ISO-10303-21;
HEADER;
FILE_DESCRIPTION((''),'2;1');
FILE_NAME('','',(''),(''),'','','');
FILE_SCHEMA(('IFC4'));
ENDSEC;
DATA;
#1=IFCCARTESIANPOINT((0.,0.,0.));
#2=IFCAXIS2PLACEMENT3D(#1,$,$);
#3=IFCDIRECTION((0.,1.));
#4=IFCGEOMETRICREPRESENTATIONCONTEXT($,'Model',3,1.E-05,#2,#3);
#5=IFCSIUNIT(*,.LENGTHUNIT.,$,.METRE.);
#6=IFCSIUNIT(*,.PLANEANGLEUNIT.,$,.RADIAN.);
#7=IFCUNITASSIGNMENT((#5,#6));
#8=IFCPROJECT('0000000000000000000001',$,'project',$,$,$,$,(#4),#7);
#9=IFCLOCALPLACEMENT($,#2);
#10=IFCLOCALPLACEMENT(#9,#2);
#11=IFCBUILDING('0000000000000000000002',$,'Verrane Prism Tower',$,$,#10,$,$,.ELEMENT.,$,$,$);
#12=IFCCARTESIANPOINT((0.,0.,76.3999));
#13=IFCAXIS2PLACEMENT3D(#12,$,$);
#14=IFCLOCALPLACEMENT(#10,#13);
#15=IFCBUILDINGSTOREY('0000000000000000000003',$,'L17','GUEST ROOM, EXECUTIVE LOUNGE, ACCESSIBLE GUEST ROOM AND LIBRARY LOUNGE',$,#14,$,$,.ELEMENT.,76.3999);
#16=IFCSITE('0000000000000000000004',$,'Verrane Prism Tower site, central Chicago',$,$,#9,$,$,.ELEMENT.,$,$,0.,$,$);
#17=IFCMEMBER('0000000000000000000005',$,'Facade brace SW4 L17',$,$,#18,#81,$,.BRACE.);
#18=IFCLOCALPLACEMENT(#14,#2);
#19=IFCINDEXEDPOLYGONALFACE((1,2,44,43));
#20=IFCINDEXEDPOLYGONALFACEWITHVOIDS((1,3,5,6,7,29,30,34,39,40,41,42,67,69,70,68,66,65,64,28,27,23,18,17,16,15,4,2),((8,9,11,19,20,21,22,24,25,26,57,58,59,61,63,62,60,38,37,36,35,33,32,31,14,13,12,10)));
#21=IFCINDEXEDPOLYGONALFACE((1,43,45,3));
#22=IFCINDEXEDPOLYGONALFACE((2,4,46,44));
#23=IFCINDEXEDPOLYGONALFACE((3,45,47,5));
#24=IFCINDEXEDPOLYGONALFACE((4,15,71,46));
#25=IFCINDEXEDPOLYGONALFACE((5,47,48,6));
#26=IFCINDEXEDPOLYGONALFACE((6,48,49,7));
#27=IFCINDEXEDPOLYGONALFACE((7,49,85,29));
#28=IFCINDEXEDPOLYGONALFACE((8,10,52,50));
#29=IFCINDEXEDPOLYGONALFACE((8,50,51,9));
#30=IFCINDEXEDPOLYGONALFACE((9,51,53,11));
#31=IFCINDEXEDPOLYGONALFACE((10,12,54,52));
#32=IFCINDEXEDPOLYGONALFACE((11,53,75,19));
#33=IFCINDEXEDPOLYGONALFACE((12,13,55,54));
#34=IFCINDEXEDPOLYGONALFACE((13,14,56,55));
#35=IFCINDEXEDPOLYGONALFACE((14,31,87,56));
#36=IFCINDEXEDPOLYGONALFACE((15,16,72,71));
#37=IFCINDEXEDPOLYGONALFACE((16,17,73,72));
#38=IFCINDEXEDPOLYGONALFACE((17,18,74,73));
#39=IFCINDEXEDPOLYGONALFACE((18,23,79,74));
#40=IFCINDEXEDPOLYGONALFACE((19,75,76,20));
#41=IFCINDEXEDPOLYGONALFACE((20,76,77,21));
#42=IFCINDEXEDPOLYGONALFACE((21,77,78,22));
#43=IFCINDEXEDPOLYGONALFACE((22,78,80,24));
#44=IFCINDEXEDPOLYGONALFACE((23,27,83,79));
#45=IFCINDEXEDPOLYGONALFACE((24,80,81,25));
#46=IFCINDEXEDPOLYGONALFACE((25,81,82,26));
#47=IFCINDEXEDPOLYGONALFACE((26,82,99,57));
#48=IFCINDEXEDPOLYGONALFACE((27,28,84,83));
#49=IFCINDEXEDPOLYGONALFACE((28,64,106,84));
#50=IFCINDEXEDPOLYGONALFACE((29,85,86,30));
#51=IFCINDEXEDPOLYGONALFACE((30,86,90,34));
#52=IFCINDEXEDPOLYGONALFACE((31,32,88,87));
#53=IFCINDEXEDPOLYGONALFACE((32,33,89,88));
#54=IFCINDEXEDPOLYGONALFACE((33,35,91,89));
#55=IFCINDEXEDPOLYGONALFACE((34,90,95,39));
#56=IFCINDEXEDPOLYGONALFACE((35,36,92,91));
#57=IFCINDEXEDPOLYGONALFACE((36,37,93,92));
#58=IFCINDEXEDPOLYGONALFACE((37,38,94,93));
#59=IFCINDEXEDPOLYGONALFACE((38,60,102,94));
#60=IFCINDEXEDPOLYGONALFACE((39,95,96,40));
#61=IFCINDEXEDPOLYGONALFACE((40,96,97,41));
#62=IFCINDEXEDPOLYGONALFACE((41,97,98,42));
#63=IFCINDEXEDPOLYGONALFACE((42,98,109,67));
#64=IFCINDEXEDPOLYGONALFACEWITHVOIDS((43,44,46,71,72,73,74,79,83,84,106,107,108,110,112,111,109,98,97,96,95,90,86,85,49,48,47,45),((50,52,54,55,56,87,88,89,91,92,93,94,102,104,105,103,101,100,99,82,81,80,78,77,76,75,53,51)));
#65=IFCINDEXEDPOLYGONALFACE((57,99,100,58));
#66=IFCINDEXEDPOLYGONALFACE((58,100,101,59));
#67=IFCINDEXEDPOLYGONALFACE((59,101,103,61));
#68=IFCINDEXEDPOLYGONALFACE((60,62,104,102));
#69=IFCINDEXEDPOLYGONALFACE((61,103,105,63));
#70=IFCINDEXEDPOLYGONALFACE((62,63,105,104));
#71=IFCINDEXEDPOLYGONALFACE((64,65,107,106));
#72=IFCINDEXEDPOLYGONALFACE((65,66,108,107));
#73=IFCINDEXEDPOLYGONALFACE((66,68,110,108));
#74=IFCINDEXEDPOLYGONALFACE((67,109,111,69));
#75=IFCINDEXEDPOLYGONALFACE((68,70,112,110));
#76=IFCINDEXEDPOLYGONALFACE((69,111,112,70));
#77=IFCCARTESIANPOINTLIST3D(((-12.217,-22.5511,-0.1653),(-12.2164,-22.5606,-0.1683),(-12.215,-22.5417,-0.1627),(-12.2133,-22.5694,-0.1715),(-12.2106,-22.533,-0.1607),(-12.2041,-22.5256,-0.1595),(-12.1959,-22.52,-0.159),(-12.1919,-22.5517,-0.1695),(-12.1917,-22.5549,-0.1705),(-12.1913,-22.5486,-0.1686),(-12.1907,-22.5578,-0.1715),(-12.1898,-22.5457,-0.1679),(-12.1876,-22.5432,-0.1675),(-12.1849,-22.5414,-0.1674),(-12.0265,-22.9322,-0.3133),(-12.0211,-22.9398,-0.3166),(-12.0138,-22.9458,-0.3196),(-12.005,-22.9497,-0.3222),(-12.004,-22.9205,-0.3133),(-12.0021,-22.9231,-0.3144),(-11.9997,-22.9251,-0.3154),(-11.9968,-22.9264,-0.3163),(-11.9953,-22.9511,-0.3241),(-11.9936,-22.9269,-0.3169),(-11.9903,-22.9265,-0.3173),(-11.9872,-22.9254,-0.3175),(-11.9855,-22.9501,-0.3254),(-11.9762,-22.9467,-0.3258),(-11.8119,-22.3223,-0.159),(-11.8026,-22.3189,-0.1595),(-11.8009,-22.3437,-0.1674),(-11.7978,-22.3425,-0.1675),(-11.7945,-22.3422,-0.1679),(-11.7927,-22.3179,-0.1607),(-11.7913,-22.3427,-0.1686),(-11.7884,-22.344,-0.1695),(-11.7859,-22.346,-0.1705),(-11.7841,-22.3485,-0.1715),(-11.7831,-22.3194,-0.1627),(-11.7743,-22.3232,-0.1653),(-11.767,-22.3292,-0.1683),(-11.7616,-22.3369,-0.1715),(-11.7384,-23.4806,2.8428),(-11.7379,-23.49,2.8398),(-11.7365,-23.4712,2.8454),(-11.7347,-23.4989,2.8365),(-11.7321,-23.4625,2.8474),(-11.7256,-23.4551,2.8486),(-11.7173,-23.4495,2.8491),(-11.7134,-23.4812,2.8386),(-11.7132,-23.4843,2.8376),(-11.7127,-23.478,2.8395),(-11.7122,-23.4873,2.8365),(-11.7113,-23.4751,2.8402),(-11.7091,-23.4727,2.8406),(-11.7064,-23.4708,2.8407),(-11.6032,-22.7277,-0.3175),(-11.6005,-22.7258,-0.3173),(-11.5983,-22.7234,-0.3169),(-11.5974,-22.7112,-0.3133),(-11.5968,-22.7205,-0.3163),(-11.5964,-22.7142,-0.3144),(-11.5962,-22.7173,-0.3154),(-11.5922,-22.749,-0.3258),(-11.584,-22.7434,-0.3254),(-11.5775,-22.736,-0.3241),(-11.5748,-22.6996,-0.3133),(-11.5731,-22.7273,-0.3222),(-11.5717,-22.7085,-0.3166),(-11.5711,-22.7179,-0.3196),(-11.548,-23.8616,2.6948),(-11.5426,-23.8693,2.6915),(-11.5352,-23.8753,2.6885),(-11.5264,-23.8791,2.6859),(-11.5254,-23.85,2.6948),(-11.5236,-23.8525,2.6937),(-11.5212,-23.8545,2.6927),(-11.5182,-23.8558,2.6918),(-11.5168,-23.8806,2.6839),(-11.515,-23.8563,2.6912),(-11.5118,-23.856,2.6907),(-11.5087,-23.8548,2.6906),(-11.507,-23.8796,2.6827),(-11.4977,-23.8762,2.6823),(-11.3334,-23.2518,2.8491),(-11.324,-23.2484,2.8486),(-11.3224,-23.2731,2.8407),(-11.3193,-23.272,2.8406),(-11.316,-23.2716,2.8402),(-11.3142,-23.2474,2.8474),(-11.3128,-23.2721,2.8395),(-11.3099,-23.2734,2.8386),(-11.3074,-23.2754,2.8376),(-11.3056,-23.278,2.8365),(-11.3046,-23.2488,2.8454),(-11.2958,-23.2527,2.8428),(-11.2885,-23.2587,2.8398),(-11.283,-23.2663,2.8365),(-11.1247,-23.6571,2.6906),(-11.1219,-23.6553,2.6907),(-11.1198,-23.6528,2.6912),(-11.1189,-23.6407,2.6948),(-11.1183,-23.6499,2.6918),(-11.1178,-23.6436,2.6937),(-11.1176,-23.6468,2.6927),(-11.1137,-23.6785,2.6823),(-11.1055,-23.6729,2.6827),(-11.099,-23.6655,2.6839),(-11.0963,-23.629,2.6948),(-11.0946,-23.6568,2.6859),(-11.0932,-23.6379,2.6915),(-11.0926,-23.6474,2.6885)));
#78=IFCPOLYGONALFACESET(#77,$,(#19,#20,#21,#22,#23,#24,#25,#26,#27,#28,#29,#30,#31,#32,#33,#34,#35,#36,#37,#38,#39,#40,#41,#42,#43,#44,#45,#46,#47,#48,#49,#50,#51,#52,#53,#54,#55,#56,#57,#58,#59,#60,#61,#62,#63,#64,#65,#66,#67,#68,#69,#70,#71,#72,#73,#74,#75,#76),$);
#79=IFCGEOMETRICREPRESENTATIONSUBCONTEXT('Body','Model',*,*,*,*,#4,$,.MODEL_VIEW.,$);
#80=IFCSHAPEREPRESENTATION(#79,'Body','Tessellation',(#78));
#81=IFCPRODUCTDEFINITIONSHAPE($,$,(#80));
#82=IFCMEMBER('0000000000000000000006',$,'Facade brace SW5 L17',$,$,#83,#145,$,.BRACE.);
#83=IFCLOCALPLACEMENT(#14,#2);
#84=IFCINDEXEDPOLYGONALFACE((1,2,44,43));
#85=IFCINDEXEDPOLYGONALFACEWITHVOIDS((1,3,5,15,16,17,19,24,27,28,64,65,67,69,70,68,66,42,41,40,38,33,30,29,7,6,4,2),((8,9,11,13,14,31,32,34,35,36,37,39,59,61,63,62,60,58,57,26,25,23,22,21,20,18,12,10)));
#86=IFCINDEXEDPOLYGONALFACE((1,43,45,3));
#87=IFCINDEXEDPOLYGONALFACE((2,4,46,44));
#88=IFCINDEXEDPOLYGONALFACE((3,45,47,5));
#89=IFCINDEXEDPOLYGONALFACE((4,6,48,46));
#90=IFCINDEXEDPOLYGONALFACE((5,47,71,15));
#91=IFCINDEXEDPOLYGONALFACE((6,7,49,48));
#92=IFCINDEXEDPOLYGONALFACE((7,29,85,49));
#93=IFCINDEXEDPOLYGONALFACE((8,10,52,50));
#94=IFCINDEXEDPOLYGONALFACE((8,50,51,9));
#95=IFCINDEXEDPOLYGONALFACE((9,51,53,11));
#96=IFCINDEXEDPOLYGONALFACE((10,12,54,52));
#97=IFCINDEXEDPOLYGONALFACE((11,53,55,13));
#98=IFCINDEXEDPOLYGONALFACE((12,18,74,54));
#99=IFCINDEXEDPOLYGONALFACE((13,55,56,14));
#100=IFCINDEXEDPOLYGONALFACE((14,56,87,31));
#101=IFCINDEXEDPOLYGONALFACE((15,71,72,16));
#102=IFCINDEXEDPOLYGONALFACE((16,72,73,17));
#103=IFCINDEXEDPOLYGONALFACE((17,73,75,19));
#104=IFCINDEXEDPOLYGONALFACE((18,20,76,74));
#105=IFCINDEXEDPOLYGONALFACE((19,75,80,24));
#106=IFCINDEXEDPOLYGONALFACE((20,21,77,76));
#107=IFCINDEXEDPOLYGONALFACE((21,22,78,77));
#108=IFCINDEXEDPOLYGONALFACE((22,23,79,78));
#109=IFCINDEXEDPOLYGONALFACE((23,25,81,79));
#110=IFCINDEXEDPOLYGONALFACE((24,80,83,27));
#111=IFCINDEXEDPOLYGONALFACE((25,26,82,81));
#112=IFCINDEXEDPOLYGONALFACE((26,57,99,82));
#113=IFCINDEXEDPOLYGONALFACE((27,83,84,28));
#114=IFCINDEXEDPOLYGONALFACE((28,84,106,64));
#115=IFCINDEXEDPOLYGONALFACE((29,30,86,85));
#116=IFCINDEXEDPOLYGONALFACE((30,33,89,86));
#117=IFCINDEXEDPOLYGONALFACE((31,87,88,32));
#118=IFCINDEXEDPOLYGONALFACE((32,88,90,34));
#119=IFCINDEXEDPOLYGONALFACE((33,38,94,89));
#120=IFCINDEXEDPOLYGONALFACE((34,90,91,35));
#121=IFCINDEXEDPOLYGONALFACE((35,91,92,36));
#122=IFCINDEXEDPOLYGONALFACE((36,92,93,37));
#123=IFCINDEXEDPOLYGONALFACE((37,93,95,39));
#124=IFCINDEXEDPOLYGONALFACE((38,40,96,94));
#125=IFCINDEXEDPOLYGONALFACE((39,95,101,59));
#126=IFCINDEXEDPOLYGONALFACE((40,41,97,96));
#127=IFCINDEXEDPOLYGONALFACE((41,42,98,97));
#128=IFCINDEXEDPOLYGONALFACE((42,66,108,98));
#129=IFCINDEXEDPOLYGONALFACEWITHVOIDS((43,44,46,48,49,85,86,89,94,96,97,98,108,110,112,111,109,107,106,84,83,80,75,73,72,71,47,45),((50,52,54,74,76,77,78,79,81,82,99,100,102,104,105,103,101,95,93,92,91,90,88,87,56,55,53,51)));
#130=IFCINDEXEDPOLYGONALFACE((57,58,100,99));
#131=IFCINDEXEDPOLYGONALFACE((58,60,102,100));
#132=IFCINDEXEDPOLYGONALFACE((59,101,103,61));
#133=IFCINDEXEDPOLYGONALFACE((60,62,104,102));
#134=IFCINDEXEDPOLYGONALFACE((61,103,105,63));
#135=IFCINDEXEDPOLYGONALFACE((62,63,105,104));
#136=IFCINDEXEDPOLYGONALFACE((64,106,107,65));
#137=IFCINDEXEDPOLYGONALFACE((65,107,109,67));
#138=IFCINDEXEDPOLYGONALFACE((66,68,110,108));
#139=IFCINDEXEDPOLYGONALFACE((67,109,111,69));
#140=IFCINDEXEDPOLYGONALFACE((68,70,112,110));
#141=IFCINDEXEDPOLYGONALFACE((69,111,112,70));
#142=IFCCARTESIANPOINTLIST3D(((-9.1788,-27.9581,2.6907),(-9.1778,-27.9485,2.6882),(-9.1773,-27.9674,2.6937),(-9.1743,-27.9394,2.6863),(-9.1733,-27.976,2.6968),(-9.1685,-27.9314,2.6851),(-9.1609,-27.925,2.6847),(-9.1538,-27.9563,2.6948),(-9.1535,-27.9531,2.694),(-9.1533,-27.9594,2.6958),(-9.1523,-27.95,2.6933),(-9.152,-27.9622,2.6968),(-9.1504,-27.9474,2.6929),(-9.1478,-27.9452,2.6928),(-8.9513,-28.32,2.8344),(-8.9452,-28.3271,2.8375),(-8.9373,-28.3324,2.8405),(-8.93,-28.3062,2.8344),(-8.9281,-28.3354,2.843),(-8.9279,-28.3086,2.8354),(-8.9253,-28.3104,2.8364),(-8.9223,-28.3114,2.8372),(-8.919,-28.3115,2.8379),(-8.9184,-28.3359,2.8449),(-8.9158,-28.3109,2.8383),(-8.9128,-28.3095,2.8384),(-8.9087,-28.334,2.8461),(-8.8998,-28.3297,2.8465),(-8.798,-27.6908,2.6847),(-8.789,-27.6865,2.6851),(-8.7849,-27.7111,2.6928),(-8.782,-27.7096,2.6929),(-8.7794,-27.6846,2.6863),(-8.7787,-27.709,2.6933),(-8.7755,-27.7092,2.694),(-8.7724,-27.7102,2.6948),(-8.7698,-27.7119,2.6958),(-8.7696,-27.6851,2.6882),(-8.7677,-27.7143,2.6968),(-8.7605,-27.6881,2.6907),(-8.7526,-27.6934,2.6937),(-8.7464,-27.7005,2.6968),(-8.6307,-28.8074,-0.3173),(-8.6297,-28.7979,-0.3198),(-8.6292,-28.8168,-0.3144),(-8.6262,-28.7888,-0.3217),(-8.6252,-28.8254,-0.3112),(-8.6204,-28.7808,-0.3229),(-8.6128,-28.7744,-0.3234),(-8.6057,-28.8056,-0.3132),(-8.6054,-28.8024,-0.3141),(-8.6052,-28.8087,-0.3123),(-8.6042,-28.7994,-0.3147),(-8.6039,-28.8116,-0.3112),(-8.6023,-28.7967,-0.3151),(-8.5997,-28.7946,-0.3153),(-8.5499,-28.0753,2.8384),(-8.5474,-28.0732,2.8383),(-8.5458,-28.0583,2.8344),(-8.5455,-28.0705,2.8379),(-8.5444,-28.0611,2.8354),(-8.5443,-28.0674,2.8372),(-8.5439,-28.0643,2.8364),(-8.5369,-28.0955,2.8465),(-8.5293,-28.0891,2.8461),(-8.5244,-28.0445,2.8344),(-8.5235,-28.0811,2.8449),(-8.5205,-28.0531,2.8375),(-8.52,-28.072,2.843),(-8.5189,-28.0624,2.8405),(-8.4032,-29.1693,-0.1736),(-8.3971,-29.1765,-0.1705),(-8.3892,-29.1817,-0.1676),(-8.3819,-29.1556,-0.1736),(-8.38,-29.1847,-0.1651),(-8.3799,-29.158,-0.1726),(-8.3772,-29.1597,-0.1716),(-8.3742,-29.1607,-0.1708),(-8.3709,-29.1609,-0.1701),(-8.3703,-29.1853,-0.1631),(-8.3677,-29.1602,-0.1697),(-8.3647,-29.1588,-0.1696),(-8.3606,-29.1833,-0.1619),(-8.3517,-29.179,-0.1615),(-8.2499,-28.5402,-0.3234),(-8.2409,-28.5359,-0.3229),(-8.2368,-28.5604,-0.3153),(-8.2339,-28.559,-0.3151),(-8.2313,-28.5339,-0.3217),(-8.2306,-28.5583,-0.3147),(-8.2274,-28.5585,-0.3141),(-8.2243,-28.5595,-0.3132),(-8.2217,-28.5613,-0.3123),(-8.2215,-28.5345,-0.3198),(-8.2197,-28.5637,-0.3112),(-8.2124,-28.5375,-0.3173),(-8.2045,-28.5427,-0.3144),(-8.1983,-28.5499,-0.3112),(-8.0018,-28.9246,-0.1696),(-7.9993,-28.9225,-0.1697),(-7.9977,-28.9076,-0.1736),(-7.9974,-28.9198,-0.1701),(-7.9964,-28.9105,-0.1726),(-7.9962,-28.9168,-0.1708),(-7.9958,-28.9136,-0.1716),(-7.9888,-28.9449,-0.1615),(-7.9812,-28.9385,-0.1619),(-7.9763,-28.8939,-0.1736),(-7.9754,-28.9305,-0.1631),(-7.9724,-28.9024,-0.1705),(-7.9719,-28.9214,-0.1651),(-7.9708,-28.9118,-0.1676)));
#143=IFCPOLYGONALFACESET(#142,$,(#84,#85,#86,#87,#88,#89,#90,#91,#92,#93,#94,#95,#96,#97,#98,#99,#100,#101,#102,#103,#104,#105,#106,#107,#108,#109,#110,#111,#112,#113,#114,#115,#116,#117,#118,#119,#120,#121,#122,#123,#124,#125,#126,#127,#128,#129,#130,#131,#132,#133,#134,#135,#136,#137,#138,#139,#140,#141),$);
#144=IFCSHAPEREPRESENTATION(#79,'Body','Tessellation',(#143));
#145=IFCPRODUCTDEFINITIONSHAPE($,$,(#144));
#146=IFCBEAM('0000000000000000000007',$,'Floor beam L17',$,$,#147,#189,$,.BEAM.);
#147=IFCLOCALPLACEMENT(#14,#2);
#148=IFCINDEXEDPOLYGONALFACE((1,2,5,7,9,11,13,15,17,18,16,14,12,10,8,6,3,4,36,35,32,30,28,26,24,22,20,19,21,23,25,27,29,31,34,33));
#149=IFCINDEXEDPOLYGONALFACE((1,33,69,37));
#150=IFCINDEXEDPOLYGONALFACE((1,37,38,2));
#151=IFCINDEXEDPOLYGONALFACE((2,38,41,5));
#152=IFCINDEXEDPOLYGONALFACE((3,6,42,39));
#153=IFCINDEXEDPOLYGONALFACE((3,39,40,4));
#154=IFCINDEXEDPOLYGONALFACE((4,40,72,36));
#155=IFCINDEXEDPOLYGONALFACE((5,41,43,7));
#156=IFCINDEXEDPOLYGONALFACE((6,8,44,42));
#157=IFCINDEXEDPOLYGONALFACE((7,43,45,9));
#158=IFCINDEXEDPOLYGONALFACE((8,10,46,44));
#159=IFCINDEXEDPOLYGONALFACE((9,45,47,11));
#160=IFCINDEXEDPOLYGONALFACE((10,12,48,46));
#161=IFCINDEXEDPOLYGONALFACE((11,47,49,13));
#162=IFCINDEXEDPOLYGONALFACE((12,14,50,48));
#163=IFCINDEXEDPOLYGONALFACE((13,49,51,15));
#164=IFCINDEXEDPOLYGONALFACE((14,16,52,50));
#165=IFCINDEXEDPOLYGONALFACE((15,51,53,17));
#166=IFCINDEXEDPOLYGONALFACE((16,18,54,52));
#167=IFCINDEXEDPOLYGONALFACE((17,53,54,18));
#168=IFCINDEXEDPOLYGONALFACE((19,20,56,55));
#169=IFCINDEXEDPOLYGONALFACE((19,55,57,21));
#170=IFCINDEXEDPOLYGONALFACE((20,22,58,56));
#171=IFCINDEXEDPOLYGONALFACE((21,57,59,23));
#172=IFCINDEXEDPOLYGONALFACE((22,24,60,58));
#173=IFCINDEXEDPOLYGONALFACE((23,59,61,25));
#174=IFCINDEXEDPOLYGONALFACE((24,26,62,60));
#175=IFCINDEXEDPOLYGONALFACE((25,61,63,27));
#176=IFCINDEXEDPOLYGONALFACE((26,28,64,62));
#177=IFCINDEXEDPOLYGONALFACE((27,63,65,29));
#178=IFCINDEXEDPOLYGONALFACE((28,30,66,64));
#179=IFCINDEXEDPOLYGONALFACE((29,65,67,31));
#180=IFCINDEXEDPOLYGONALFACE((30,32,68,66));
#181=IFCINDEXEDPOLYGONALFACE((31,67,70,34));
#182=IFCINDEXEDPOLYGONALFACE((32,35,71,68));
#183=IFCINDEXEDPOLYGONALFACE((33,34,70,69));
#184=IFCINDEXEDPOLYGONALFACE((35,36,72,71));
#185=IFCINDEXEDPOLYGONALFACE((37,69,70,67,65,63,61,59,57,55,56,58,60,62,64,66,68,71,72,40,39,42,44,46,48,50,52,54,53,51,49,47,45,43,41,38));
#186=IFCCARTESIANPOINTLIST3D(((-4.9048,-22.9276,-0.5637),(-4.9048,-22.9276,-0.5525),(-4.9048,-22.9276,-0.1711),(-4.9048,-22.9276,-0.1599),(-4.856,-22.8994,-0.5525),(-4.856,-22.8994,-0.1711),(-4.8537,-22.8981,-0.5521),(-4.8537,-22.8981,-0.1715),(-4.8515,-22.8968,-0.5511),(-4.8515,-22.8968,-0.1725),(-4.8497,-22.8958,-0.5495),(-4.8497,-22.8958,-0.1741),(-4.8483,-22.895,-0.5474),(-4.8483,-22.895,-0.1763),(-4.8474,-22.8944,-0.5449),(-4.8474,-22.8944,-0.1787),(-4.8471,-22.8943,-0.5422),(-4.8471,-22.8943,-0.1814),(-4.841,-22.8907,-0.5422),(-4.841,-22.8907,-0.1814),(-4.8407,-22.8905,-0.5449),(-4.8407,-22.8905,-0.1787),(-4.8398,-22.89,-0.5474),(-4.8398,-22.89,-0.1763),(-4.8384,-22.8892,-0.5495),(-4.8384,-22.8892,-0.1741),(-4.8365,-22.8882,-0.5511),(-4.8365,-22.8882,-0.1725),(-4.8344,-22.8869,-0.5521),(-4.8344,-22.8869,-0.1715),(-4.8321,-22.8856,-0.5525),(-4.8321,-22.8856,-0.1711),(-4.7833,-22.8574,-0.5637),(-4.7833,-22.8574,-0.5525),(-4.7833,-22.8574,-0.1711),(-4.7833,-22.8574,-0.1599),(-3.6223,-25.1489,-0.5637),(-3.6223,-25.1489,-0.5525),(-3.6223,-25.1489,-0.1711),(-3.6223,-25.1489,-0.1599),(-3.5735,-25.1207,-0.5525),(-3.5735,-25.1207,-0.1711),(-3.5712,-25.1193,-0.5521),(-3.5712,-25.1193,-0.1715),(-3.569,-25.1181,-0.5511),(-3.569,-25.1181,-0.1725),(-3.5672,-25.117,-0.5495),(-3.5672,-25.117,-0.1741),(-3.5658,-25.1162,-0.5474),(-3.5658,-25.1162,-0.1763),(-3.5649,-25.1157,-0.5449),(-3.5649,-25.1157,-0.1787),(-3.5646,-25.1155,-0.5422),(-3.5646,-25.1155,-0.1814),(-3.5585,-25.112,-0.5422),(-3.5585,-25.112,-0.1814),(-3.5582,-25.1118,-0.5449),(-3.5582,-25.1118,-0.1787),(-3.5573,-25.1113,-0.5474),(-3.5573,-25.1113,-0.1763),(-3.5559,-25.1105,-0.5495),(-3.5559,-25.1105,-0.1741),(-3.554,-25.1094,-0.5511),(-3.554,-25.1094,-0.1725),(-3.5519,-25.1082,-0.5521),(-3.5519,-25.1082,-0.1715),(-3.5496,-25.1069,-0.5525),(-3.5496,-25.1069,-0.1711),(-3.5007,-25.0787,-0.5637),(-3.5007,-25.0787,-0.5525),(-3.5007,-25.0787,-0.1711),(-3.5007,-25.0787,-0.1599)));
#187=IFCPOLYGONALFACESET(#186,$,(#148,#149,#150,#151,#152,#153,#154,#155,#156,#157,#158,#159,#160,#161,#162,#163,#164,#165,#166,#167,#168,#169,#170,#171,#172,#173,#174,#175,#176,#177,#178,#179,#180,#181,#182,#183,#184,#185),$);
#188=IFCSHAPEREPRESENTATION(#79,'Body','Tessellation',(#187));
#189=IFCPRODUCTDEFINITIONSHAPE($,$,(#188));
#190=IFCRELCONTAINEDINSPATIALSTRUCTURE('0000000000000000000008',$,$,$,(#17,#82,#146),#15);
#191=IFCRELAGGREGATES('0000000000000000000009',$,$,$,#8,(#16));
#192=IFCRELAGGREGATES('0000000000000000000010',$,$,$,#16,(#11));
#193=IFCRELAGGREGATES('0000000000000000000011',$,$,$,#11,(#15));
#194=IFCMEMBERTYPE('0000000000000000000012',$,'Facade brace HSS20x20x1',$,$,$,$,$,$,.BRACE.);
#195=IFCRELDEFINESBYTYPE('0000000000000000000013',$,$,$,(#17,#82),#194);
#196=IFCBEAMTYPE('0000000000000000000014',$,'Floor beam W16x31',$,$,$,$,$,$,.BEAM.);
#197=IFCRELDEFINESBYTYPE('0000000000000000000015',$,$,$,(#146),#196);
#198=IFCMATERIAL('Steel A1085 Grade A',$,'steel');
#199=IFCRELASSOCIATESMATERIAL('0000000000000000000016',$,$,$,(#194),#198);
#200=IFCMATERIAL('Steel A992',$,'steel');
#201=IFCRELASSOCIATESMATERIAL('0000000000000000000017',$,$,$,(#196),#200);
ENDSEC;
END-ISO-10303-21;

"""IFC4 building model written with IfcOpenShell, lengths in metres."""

from ifc_helpers import new_model, si_unit, direction, frame, origin, origin_2d, place, context, subcontext, project, spatial, hollow_rectangle, i_section, extrude, material, material_profile, profile_set, type_object, element, save


model = new_model("IFC4")

# Units and contexts
model_context = context("Model", 3, precision=1e-05, world=origin(), true_north=direction((0.0, 1.0)))
body_context = subcontext(model_context, "Body", "Model", "MODEL_VIEW")
ifc_project = project(units=[si_unit("LENGTHUNIT", "METRE"), si_unit("PLANEANGLEUNIT", "RADIAN")], contexts=[model_context])

# Site, building, storey
site_placement = place(None, origin())
site = spatial("IfcSite", under=ifc_project, at=site_placement, Name="Verrane Prism Tower site, central Chicago", CompositionType="ELEMENT", RefElevation=0.0)
building_placement = place(site_placement, origin())
building = spatial("IfcBuilding", under=site, at=building_placement, Name="Verrane Prism Tower", CompositionType="ELEMENT")
storey_placement = place(building_placement, frame((0.0, 0.0, 76.3999)))
storey = spatial("IfcBuildingStorey", under=building, at=storey_placement, Name="L17", Description="GUEST ROOM, EXECUTIVE LOUNGE, ACCESSIBLE GUEST ROOM AND LIBRARY LOUNGE", CompositionType="ELEMENT", Elevation=76.3999)

# Members
ifc_material_1 = material(Name="Steel A1085 Grade A", Category="steel")
ifc_material_profile_1 = material_profile(ifc_material_1, hollow_rectangle(XDim=0.5081, YDim=0.5081, WallThickness=0.0254, InnerFilletRadius=0.0127, OuterFilletRadius=0.0381, at=origin_2d()), Name="HSS20x20x1")
ifc_profile_set_1 = profile_set([ifc_material_profile_1], Name="Steel A1085 Grade A")
member_type_1 = type_object("IfcMemberType", Name="Facade brace HSS20x20x1", PredefinedType="BRACE", material=ifc_profile_set_1)
member_1_placement = place(storey_placement, frame((-11.894, -22.6345, -0.2424), z_axis=(0.150262, -0.291862, 0.944583), x_axis=(0.889087, 0.457738, 0.0)))
element("IfcMember", 1, at=member_1_placement, inside=storey, type_object=member_type_1, Name="Facade brace SW4 L17", PredefinedType="BRACE", context=body_context, shape_type="SweptSolid", body=[
    extrude(hollow_rectangle(XDim=0.5081, YDim=0.5081, WallThickness=0.0254, InnerFilletRadius=0.0127, OuterFilletRadius=0.0381, at=origin_2d()), origin(), (0.0, 0.0, 1.0), 3.1846),
])
member_2_placement = place(storey_placement, frame((-8.3008, -28.8596, -0.2424), z_axis=(-0.172718, 0.267655, 0.947908), x_axis=(-0.840243, -0.542209, 0.0)))
element("IfcMember", 2, at=member_2_placement, inside=storey, type_object=member_type_1, Name="Facade brace SW5 L17", PredefinedType="BRACE", context=body_context, shape_type="SweptSolid", body=[
    extrude(hollow_rectangle(XDim=0.5081, YDim=0.5081, WallThickness=0.0254, InnerFilletRadius=0.0127, OuterFilletRadius=0.0381, at=origin_2d()), origin(), (0.0, 0.0, 1.0), 3.1733),
])

# Beam
ifc_material_2 = material(Name="Steel A992", Category="steel")
ifc_material_profile_2 = material_profile(ifc_material_2, i_section(OverallWidth=0.1404, OverallDepth=0.4038, WebThickness=0.0071, FlangeThickness=0.0112, FilletRadius=0.0103, at=origin_2d()), Name="W16x31")
ifc_profile_set_2 = profile_set([ifc_material_profile_2], Name="Steel A992")
beam_type_1 = type_object("IfcBeamType", Name="Floor beam W16x31", PredefinedType="BEAM", material=ifc_profile_set_2)
beam_1_placement = place(storey_placement, frame((-3.5615, -25.1138, -0.3618), z_axis=(-0.500019, 0.866014, 0.0), x_axis=(-0.866014, -0.500019, 0.0)))
element("IfcBeam", 3, at=beam_1_placement, inside=storey, type_object=beam_type_1, Name="Floor beam L17", PredefinedType="BEAM", context=body_context, shape_type="SweptSolid", body=[
    extrude(i_section(OverallWidth=0.1404, OverallDepth=0.4038, WebThickness=0.0071, FlangeThickness=0.0112, FilletRadius=0.0103, at=origin_2d()), origin(), (0.0, 0.0, 1.0), 2.5649),
])

save(model, "model.ifc")
